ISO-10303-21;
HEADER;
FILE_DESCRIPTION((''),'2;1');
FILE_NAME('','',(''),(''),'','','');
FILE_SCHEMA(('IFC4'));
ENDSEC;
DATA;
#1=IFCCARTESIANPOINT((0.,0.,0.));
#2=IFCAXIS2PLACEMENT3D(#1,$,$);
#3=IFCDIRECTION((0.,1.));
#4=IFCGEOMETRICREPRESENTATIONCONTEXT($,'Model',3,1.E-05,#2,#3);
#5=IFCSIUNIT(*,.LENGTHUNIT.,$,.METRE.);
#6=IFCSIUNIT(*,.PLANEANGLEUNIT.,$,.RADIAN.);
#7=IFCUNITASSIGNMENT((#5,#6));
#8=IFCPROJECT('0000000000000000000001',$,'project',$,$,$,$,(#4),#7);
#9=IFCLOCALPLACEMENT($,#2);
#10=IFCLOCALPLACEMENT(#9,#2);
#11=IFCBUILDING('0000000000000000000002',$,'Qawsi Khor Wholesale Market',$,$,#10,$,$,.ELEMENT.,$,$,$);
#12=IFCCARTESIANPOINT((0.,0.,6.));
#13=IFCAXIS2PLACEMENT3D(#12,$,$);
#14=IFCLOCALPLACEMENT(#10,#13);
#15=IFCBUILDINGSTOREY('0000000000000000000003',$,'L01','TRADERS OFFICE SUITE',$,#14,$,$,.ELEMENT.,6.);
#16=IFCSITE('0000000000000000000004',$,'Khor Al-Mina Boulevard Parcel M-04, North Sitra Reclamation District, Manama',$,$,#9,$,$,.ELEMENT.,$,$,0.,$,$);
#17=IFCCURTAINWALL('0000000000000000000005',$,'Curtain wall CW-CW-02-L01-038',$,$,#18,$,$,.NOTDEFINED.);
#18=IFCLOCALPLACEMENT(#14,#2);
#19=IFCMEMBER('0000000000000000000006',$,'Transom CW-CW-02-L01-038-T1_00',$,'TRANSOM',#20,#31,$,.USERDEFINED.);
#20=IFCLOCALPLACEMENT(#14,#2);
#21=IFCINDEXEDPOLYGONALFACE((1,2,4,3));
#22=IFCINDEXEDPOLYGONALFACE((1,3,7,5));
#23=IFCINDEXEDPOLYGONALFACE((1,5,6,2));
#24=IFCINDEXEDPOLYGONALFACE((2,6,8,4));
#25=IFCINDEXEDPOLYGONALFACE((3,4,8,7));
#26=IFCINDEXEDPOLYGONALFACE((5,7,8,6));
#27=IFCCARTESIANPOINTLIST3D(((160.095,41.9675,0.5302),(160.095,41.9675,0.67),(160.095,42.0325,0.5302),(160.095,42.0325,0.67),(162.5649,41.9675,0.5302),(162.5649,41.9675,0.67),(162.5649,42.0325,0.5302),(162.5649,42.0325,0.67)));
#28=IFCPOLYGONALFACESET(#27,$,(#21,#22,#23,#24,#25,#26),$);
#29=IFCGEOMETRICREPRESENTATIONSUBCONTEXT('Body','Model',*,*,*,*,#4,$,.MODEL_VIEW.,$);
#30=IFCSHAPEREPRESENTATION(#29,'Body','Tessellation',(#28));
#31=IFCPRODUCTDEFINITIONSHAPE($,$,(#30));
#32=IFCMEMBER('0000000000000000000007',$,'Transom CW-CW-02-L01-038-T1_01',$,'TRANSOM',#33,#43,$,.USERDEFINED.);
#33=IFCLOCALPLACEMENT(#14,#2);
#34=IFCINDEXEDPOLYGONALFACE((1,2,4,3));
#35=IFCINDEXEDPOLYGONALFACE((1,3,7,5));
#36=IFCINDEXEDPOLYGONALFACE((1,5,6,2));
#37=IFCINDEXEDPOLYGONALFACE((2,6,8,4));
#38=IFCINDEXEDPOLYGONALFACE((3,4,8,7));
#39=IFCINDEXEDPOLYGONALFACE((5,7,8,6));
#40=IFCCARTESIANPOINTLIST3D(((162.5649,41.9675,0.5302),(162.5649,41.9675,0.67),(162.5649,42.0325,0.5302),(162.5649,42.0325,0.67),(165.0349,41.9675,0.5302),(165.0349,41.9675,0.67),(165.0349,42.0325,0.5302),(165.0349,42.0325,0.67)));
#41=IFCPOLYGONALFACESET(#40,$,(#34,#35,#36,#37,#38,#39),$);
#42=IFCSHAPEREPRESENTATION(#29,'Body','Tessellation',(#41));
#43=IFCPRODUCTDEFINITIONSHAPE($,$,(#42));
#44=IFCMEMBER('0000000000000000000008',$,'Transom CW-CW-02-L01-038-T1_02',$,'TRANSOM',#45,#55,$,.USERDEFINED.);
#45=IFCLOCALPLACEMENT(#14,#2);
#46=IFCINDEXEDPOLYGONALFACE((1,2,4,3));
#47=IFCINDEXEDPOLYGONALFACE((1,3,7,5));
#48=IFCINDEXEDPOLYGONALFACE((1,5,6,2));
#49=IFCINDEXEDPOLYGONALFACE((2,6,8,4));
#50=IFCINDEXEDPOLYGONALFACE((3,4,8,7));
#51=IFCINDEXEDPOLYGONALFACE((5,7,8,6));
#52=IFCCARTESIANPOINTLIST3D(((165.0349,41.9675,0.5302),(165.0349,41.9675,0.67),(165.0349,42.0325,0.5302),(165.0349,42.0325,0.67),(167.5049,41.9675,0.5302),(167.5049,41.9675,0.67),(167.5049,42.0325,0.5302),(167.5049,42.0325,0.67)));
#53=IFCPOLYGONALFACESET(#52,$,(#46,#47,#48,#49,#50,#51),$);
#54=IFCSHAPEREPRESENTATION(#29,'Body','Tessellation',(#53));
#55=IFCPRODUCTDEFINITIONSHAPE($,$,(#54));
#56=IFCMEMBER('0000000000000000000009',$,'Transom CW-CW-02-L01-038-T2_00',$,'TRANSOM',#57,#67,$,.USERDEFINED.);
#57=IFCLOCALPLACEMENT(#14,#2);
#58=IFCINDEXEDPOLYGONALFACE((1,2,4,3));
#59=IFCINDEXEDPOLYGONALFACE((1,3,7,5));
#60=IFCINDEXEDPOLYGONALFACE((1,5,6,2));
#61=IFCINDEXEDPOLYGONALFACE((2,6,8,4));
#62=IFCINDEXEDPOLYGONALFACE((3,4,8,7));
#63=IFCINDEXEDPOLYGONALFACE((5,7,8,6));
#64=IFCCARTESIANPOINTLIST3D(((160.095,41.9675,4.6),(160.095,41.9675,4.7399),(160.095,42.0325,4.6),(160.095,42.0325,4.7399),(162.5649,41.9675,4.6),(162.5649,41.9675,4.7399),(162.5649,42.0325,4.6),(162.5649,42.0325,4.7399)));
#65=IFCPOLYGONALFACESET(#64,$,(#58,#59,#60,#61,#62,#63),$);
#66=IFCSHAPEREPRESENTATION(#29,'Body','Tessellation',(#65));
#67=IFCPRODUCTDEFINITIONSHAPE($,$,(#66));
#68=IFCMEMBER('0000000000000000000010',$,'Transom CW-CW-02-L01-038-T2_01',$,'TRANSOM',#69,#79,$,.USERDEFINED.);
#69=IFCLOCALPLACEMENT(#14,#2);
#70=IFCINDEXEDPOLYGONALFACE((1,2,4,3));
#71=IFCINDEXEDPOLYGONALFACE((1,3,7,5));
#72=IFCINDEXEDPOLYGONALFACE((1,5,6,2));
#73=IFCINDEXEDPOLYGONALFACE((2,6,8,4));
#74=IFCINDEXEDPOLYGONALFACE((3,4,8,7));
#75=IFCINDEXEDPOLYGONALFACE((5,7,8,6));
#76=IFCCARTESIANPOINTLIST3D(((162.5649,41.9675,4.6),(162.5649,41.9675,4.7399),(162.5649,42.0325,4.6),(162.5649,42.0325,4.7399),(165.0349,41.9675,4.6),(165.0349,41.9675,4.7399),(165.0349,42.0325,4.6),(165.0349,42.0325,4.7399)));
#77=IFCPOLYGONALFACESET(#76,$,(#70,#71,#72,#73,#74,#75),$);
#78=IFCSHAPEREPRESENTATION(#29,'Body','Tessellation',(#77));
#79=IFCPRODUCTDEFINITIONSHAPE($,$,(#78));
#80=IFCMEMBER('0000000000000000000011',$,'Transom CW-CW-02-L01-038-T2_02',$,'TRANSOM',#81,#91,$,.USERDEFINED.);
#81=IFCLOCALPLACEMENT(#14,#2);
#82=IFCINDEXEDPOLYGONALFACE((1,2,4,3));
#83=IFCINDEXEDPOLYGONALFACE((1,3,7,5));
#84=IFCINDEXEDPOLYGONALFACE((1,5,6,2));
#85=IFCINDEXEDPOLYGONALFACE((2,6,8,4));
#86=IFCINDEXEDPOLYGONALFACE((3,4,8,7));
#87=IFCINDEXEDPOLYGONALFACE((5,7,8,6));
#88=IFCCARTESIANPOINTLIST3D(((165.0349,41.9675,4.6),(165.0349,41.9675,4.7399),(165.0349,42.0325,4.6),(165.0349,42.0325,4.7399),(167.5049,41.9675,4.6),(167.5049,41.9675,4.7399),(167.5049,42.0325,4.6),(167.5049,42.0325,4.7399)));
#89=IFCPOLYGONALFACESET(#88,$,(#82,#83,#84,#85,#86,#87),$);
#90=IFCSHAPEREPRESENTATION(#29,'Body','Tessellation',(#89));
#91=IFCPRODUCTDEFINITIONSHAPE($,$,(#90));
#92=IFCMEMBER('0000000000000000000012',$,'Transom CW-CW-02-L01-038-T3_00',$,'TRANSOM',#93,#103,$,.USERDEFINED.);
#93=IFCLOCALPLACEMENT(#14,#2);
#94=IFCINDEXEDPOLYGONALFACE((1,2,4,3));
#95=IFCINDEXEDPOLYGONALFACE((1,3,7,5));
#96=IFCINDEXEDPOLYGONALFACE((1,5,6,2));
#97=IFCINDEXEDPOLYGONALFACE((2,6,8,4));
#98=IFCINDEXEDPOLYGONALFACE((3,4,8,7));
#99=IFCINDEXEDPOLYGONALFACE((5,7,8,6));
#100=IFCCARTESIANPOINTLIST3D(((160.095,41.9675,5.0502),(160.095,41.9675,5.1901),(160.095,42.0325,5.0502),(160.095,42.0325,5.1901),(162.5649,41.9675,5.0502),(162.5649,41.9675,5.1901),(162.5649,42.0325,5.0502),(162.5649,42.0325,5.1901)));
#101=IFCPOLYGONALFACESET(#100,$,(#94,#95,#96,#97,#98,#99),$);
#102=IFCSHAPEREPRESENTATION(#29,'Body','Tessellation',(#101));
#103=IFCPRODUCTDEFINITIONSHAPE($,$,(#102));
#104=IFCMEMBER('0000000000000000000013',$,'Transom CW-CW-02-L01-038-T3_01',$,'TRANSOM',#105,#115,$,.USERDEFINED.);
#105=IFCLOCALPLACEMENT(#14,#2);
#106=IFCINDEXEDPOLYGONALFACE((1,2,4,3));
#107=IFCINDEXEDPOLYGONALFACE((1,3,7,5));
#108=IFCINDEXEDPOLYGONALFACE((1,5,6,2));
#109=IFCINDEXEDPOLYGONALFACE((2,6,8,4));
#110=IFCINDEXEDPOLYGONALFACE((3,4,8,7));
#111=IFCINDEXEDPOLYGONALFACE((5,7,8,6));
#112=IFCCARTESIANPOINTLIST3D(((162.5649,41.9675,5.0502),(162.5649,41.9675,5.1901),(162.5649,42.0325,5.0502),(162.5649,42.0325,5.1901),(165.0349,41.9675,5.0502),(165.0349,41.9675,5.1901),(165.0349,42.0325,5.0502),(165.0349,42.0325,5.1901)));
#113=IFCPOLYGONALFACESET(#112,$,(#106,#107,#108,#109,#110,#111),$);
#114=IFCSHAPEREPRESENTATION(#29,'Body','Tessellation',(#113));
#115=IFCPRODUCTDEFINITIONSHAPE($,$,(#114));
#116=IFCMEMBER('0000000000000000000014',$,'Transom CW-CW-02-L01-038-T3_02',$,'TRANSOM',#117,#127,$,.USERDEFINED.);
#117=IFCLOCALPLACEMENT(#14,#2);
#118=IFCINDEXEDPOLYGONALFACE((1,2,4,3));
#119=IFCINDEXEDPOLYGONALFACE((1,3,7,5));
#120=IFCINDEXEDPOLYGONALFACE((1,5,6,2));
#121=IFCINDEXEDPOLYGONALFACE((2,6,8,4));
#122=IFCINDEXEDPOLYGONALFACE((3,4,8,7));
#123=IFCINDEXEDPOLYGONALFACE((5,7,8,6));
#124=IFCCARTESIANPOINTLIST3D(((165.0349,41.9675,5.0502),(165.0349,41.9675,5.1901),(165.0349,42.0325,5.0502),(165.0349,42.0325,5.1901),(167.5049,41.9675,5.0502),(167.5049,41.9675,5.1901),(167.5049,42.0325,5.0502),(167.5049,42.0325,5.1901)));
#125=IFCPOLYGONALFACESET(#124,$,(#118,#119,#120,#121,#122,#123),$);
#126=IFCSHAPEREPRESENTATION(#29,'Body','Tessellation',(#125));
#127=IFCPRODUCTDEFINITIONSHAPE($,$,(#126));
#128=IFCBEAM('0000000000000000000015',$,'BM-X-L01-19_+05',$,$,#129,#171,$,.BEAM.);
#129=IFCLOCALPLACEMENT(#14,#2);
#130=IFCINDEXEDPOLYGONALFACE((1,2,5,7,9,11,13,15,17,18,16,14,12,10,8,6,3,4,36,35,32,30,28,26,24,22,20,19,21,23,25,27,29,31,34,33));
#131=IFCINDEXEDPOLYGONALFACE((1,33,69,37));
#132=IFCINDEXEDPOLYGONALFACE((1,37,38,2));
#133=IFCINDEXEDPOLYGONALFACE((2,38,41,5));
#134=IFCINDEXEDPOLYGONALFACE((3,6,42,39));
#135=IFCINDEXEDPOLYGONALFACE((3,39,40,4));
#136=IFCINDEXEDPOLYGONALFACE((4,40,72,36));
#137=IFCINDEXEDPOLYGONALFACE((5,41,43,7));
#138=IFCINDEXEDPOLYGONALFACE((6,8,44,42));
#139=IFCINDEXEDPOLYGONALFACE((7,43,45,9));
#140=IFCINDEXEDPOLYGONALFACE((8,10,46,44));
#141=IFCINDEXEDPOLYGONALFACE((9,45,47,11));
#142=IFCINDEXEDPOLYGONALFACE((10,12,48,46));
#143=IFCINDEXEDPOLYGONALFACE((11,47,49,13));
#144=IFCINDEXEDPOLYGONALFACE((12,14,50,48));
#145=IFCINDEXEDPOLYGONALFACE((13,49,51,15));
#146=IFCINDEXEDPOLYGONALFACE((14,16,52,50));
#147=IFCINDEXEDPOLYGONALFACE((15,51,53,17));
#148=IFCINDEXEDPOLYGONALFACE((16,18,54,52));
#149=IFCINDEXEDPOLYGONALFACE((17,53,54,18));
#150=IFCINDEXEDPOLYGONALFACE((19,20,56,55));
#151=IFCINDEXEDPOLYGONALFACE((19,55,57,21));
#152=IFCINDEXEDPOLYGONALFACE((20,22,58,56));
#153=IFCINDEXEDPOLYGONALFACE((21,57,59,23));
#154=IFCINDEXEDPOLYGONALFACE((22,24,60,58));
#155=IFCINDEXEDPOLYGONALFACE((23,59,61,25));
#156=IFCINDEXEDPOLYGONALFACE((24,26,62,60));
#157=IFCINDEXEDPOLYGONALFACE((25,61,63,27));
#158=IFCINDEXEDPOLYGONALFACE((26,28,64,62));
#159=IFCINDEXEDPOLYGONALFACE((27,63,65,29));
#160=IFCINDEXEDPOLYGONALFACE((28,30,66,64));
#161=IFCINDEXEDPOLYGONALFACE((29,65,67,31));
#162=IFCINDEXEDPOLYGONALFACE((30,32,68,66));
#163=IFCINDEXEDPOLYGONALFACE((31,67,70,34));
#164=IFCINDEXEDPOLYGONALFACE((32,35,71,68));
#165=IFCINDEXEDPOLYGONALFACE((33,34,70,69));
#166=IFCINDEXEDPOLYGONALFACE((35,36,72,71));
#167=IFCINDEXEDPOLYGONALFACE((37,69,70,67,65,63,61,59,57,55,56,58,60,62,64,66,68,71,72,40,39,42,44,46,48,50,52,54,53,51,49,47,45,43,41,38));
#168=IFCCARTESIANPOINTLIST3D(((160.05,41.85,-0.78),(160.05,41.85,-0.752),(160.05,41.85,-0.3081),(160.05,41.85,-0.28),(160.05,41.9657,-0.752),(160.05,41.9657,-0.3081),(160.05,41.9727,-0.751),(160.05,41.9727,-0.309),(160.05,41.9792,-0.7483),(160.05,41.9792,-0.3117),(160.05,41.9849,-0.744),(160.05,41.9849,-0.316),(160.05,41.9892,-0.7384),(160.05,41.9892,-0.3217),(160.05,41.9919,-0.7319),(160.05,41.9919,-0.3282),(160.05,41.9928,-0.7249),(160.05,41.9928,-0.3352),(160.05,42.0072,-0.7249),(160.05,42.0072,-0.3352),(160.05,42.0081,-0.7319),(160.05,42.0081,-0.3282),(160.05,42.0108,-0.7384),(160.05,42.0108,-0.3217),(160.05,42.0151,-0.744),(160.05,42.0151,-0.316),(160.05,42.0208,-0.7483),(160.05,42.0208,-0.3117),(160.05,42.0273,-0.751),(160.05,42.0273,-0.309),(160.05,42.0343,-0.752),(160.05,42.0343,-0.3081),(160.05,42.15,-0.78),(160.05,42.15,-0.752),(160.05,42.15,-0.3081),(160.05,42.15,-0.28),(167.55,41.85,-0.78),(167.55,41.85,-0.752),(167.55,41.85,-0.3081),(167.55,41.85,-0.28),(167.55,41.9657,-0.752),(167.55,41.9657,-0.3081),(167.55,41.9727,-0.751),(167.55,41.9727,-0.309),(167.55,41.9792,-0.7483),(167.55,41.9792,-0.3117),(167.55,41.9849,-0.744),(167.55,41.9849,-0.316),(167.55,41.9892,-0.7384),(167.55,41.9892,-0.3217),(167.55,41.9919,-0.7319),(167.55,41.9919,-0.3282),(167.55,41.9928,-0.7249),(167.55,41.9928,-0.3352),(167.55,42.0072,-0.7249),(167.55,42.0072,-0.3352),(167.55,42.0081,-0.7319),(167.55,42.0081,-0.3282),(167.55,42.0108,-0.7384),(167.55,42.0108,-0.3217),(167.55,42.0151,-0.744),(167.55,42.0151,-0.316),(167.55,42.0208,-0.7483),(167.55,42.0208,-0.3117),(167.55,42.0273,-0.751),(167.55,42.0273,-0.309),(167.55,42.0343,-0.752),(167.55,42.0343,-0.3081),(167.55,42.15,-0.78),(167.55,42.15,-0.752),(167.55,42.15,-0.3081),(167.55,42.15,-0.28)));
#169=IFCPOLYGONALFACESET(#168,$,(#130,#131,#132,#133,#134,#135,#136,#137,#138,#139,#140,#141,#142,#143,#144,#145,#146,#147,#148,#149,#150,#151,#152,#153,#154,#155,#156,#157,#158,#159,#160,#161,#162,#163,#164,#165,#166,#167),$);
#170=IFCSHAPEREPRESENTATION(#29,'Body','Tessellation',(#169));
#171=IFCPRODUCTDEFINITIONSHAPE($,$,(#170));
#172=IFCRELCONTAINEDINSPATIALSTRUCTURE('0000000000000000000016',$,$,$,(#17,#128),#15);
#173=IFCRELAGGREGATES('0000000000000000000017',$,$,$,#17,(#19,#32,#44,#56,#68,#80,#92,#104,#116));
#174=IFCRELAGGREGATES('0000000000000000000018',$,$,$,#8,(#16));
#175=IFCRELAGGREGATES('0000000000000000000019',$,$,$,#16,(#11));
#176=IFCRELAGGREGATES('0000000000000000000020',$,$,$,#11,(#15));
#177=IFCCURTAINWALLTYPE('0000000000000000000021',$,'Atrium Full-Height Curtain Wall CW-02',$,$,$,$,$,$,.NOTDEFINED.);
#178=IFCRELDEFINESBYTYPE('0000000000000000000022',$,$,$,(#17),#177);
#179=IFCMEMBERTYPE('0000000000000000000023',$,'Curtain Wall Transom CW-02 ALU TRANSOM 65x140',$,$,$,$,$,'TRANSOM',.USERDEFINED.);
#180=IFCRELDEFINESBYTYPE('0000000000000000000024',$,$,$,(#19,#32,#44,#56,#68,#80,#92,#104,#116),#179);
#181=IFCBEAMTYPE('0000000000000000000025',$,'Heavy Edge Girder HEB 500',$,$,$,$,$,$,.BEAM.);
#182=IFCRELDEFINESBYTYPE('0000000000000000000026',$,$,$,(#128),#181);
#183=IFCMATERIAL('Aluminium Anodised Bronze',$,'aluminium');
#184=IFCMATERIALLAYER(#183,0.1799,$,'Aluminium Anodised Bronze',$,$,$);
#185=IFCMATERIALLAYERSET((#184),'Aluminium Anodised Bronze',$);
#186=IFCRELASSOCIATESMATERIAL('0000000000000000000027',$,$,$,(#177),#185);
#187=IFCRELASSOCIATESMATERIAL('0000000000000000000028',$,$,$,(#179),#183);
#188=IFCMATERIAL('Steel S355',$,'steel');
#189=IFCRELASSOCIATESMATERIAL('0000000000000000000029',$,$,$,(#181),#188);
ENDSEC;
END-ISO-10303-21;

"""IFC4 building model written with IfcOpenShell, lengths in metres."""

from ifc_helpers import new_model, si_unit, direction, frame, origin, origin_2d, place, context, subcontext, project, spatial, rectangle, i_section, extrude, material, layer, layer_set, material_profile, profile_set, type_object, element, aggregate, save


model = new_model("IFC4")

# Units and contexts
model_context = context("Model", 3, precision=1e-05, world=origin(), true_north=direction((0.0, 1.0)))
body_context = subcontext(model_context, "Body", "Model", "MODEL_VIEW")
ifc_project = project(units=[si_unit("LENGTHUNIT", "METRE"), si_unit("PLANEANGLEUNIT", "RADIAN")], contexts=[model_context])

# Site, building, storey
site_placement = place(None, origin())
site = spatial("IfcSite", under=ifc_project, at=site_placement, Name="Khor Al-Mina Boulevard Parcel M-04, North Sitra Reclamation District, Manama", CompositionType="ELEMENT", RefElevation=0.0)
building_placement = place(site_placement, origin())
building = spatial("IfcBuilding", under=site, at=building_placement, Name="Qawsi Khor Wholesale Market", CompositionType="ELEMENT")
storey_placement = place(building_placement, frame((0.0, 0.0, 6.0)))
storey = spatial("IfcBuildingStorey", under=building, at=storey_placement, Name="L01", Description="TRADERS OFFICE SUITE", CompositionType="ELEMENT", Elevation=6.0)

# Curtain wall
ifc_material_1 = material(Name="Aluminium Anodised Bronze", Category="aluminium")
ifc_layer_1 = layer(ifc_material_1, 0.1799, Name="Aluminium Anodised Bronze")
ifc_layer_set_1 = layer_set([ifc_layer_1], Name="Aluminium Anodised Bronze")
curtain_wall_type = type_object("IfcCurtainWallType", Name="Atrium Full-Height Curtain Wall CW-02", PredefinedType="NOTDEFINED", material=ifc_layer_set_1)
curtain_wall_1_placement = place(storey_placement, origin())
curtain_wall_1 = element("IfcCurtainWall", 1, at=curtain_wall_1_placement, inside=storey, type_object=curtain_wall_type, Name="Curtain wall CW-CW-02-L01-038", PredefinedType="NOTDEFINED")

# Members
ifc_material_profile_1 = material_profile(ifc_material_1, rectangle(XDim=0.0649, YDim=0.1399, at=origin_2d()), Name="ALU TRANSOM 65x140")
ifc_profile_set_1 = profile_set([ifc_material_profile_1], Name="Aluminium Anodised Bronze")
member_type_1 = type_object("IfcMemberType", Name="Curtain Wall Transom CW-02 ALU TRANSOM 65x140", ElementType="TRANSOM", PredefinedType="USERDEFINED", material=ifc_profile_set_1)
member_1_placement = place(storey_placement, frame((160.095, 42.0, 0.6001), z_axis=(1.0, 0.0, 0.0), x_axis=(0.0, 1.0, 0.0)))
member_1 = element("IfcMember", 2, at=member_1_placement, type_object=member_type_1, Name="Transom CW-CW-02-L01-038-T1_00", ObjectType="TRANSOM", PredefinedType="USERDEFINED", context=body_context, shape_type="SweptSolid", body=[
    extrude(rectangle(XDim=0.0649, YDim=0.1399, at=origin_2d()), origin(), (0.0, 0.0, 1.0), 2.47),
])
member_2_placement = place(storey_placement, frame((162.5649, 42.0, 0.6001), z_axis=(1.0, 0.0, 0.0), x_axis=(0.0, 1.0, 0.0)))
member_2 = element("IfcMember", 3, at=member_2_placement, type_object=member_type_1, Name="Transom CW-CW-02-L01-038-T1_01", ObjectType="TRANSOM", PredefinedType="USERDEFINED", context=body_context, shape_type="SweptSolid", body=[
    extrude(rectangle(XDim=0.0649, YDim=0.1399, at=origin_2d()), origin(), (0.0, 0.0, 1.0), 2.47),
])
member_3_placement = place(storey_placement, frame((165.0349, 42.0, 0.6001), z_axis=(1.0, 0.0, 0.0), x_axis=(0.0, 1.0, 0.0)))
member_3 = element("IfcMember", 4, at=member_3_placement, type_object=member_type_1, Name="Transom CW-CW-02-L01-038-T1_02", ObjectType="TRANSOM", PredefinedType="USERDEFINED", context=body_context, shape_type="SweptSolid", body=[
    extrude(rectangle(XDim=0.0649, YDim=0.1399, at=origin_2d()), origin(), (0.0, 0.0, 1.0), 2.47),
])
member_4_placement = place(storey_placement, frame((160.095, 42.0, 4.6699), z_axis=(1.0, 0.0, 0.0), x_axis=(0.0, 1.0, 0.0)))
member_4 = element("IfcMember", 5, at=member_4_placement, type_object=member_type_1, Name="Transom CW-CW-02-L01-038-T2_00", ObjectType="TRANSOM", PredefinedType="USERDEFINED", context=body_context, shape_type="SweptSolid", body=[
    extrude(rectangle(XDim=0.0649, YDim=0.1399, at=origin_2d()), origin(), (0.0, 0.0, 1.0), 2.47),
])
member_5_placement = place(storey_placement, frame((162.5649, 42.0, 4.6699), z_axis=(1.0, 0.0, 0.0), x_axis=(0.0, 1.0, 0.0)))
member_5 = element("IfcMember", 6, at=member_5_placement, type_object=member_type_1, Name="Transom CW-CW-02-L01-038-T2_01", ObjectType="TRANSOM", PredefinedType="USERDEFINED", context=body_context, shape_type="SweptSolid", body=[
    extrude(rectangle(XDim=0.0649, YDim=0.1399, at=origin_2d()), origin(), (0.0, 0.0, 1.0), 2.47),
])
member_6_placement = place(storey_placement, frame((165.0349, 42.0, 4.6699), z_axis=(1.0, 0.0, 0.0), x_axis=(0.0, 1.0, 0.0)))
member_6 = element("IfcMember", 7, at=member_6_placement, type_object=member_type_1, Name="Transom CW-CW-02-L01-038-T2_02", ObjectType="TRANSOM", PredefinedType="USERDEFINED", context=body_context, shape_type="SweptSolid", body=[
    extrude(rectangle(XDim=0.0649, YDim=0.1399, at=origin_2d()), origin(), (0.0, 0.0, 1.0), 2.47),
])
member_7_placement = place(storey_placement, frame((160.095, 42.0, 5.1201), z_axis=(1.0, 0.0, 0.0), x_axis=(0.0, 1.0, 0.0)))
member_7 = element("IfcMember", 8, at=member_7_placement, type_object=member_type_1, Name="Transom CW-CW-02-L01-038-T3_00", ObjectType="TRANSOM", PredefinedType="USERDEFINED", context=body_context, shape_type="SweptSolid", body=[
    extrude(rectangle(XDim=0.0649, YDim=0.1399, at=origin_2d()), origin(), (0.0, 0.0, 1.0), 2.47),
])
member_8_placement = place(storey_placement, frame((162.5649, 42.0, 5.1201), z_axis=(1.0, 0.0, 0.0), x_axis=(0.0, 1.0, 0.0)))
member_8 = element("IfcMember", 9, at=member_8_placement, type_object=member_type_1, Name="Transom CW-CW-02-L01-038-T3_01", ObjectType="TRANSOM", PredefinedType="USERDEFINED", context=body_context, shape_type="SweptSolid", body=[
    extrude(rectangle(XDim=0.0649, YDim=0.1399, at=origin_2d()), origin(), (0.0, 0.0, 1.0), 2.47),
])
member_9_placement = place(storey_placement, frame((165.0349, 42.0, 5.1201), z_axis=(1.0, 0.0, 0.0), x_axis=(0.0, 1.0, 0.0)))
member_9 = element("IfcMember", 10, at=member_9_placement, type_object=member_type_1, Name="Transom CW-CW-02-L01-038-T3_02", ObjectType="TRANSOM", PredefinedType="USERDEFINED", context=body_context, shape_type="SweptSolid", body=[
    extrude(rectangle(XDim=0.0649, YDim=0.1399, at=origin_2d()), origin(), (0.0, 0.0, 1.0), 2.47),
])

# Beam
ifc_material_2 = material(Name="Steel S355", Category="steel")
ifc_material_profile_2 = material_profile(ifc_material_2, i_section(OverallWidth=0.3, OverallDepth=0.5, WebThickness=0.0144, FlangeThickness=0.0281, FilletRadius=0.0271, at=origin_2d()), Name="HEB 500")
ifc_profile_set_2 = profile_set([ifc_material_profile_2], Name="Steel S355")
beam_type_1 = type_object("IfcBeamType", Name="Heavy Edge Girder HEB 500", PredefinedType="BEAM", material=ifc_profile_set_2)
beam_placement = place(storey_placement, frame((160.05, 42.0, -0.53), z_axis=(1.0, 0.0, 0.0), x_axis=(0.0, 1.0, 0.0)))
element("IfcBeam", 11, at=beam_placement, inside=storey, type_object=beam_type_1, Name="BM-X-L01-19_+05", PredefinedType="BEAM", context=body_context, shape_type="SweptSolid", body=[
    extrude(i_section(OverallWidth=0.3, OverallDepth=0.5, WebThickness=0.0144, FlangeThickness=0.0281, FilletRadius=0.0271, at=origin_2d()), origin(), (0.0, 0.0, 1.0), 7.5),
])

aggregate(curtain_wall_1, [member_1, member_2, member_3, member_4, member_5, member_6, member_7, member_8, member_9])

save(model, "model.ifc")
